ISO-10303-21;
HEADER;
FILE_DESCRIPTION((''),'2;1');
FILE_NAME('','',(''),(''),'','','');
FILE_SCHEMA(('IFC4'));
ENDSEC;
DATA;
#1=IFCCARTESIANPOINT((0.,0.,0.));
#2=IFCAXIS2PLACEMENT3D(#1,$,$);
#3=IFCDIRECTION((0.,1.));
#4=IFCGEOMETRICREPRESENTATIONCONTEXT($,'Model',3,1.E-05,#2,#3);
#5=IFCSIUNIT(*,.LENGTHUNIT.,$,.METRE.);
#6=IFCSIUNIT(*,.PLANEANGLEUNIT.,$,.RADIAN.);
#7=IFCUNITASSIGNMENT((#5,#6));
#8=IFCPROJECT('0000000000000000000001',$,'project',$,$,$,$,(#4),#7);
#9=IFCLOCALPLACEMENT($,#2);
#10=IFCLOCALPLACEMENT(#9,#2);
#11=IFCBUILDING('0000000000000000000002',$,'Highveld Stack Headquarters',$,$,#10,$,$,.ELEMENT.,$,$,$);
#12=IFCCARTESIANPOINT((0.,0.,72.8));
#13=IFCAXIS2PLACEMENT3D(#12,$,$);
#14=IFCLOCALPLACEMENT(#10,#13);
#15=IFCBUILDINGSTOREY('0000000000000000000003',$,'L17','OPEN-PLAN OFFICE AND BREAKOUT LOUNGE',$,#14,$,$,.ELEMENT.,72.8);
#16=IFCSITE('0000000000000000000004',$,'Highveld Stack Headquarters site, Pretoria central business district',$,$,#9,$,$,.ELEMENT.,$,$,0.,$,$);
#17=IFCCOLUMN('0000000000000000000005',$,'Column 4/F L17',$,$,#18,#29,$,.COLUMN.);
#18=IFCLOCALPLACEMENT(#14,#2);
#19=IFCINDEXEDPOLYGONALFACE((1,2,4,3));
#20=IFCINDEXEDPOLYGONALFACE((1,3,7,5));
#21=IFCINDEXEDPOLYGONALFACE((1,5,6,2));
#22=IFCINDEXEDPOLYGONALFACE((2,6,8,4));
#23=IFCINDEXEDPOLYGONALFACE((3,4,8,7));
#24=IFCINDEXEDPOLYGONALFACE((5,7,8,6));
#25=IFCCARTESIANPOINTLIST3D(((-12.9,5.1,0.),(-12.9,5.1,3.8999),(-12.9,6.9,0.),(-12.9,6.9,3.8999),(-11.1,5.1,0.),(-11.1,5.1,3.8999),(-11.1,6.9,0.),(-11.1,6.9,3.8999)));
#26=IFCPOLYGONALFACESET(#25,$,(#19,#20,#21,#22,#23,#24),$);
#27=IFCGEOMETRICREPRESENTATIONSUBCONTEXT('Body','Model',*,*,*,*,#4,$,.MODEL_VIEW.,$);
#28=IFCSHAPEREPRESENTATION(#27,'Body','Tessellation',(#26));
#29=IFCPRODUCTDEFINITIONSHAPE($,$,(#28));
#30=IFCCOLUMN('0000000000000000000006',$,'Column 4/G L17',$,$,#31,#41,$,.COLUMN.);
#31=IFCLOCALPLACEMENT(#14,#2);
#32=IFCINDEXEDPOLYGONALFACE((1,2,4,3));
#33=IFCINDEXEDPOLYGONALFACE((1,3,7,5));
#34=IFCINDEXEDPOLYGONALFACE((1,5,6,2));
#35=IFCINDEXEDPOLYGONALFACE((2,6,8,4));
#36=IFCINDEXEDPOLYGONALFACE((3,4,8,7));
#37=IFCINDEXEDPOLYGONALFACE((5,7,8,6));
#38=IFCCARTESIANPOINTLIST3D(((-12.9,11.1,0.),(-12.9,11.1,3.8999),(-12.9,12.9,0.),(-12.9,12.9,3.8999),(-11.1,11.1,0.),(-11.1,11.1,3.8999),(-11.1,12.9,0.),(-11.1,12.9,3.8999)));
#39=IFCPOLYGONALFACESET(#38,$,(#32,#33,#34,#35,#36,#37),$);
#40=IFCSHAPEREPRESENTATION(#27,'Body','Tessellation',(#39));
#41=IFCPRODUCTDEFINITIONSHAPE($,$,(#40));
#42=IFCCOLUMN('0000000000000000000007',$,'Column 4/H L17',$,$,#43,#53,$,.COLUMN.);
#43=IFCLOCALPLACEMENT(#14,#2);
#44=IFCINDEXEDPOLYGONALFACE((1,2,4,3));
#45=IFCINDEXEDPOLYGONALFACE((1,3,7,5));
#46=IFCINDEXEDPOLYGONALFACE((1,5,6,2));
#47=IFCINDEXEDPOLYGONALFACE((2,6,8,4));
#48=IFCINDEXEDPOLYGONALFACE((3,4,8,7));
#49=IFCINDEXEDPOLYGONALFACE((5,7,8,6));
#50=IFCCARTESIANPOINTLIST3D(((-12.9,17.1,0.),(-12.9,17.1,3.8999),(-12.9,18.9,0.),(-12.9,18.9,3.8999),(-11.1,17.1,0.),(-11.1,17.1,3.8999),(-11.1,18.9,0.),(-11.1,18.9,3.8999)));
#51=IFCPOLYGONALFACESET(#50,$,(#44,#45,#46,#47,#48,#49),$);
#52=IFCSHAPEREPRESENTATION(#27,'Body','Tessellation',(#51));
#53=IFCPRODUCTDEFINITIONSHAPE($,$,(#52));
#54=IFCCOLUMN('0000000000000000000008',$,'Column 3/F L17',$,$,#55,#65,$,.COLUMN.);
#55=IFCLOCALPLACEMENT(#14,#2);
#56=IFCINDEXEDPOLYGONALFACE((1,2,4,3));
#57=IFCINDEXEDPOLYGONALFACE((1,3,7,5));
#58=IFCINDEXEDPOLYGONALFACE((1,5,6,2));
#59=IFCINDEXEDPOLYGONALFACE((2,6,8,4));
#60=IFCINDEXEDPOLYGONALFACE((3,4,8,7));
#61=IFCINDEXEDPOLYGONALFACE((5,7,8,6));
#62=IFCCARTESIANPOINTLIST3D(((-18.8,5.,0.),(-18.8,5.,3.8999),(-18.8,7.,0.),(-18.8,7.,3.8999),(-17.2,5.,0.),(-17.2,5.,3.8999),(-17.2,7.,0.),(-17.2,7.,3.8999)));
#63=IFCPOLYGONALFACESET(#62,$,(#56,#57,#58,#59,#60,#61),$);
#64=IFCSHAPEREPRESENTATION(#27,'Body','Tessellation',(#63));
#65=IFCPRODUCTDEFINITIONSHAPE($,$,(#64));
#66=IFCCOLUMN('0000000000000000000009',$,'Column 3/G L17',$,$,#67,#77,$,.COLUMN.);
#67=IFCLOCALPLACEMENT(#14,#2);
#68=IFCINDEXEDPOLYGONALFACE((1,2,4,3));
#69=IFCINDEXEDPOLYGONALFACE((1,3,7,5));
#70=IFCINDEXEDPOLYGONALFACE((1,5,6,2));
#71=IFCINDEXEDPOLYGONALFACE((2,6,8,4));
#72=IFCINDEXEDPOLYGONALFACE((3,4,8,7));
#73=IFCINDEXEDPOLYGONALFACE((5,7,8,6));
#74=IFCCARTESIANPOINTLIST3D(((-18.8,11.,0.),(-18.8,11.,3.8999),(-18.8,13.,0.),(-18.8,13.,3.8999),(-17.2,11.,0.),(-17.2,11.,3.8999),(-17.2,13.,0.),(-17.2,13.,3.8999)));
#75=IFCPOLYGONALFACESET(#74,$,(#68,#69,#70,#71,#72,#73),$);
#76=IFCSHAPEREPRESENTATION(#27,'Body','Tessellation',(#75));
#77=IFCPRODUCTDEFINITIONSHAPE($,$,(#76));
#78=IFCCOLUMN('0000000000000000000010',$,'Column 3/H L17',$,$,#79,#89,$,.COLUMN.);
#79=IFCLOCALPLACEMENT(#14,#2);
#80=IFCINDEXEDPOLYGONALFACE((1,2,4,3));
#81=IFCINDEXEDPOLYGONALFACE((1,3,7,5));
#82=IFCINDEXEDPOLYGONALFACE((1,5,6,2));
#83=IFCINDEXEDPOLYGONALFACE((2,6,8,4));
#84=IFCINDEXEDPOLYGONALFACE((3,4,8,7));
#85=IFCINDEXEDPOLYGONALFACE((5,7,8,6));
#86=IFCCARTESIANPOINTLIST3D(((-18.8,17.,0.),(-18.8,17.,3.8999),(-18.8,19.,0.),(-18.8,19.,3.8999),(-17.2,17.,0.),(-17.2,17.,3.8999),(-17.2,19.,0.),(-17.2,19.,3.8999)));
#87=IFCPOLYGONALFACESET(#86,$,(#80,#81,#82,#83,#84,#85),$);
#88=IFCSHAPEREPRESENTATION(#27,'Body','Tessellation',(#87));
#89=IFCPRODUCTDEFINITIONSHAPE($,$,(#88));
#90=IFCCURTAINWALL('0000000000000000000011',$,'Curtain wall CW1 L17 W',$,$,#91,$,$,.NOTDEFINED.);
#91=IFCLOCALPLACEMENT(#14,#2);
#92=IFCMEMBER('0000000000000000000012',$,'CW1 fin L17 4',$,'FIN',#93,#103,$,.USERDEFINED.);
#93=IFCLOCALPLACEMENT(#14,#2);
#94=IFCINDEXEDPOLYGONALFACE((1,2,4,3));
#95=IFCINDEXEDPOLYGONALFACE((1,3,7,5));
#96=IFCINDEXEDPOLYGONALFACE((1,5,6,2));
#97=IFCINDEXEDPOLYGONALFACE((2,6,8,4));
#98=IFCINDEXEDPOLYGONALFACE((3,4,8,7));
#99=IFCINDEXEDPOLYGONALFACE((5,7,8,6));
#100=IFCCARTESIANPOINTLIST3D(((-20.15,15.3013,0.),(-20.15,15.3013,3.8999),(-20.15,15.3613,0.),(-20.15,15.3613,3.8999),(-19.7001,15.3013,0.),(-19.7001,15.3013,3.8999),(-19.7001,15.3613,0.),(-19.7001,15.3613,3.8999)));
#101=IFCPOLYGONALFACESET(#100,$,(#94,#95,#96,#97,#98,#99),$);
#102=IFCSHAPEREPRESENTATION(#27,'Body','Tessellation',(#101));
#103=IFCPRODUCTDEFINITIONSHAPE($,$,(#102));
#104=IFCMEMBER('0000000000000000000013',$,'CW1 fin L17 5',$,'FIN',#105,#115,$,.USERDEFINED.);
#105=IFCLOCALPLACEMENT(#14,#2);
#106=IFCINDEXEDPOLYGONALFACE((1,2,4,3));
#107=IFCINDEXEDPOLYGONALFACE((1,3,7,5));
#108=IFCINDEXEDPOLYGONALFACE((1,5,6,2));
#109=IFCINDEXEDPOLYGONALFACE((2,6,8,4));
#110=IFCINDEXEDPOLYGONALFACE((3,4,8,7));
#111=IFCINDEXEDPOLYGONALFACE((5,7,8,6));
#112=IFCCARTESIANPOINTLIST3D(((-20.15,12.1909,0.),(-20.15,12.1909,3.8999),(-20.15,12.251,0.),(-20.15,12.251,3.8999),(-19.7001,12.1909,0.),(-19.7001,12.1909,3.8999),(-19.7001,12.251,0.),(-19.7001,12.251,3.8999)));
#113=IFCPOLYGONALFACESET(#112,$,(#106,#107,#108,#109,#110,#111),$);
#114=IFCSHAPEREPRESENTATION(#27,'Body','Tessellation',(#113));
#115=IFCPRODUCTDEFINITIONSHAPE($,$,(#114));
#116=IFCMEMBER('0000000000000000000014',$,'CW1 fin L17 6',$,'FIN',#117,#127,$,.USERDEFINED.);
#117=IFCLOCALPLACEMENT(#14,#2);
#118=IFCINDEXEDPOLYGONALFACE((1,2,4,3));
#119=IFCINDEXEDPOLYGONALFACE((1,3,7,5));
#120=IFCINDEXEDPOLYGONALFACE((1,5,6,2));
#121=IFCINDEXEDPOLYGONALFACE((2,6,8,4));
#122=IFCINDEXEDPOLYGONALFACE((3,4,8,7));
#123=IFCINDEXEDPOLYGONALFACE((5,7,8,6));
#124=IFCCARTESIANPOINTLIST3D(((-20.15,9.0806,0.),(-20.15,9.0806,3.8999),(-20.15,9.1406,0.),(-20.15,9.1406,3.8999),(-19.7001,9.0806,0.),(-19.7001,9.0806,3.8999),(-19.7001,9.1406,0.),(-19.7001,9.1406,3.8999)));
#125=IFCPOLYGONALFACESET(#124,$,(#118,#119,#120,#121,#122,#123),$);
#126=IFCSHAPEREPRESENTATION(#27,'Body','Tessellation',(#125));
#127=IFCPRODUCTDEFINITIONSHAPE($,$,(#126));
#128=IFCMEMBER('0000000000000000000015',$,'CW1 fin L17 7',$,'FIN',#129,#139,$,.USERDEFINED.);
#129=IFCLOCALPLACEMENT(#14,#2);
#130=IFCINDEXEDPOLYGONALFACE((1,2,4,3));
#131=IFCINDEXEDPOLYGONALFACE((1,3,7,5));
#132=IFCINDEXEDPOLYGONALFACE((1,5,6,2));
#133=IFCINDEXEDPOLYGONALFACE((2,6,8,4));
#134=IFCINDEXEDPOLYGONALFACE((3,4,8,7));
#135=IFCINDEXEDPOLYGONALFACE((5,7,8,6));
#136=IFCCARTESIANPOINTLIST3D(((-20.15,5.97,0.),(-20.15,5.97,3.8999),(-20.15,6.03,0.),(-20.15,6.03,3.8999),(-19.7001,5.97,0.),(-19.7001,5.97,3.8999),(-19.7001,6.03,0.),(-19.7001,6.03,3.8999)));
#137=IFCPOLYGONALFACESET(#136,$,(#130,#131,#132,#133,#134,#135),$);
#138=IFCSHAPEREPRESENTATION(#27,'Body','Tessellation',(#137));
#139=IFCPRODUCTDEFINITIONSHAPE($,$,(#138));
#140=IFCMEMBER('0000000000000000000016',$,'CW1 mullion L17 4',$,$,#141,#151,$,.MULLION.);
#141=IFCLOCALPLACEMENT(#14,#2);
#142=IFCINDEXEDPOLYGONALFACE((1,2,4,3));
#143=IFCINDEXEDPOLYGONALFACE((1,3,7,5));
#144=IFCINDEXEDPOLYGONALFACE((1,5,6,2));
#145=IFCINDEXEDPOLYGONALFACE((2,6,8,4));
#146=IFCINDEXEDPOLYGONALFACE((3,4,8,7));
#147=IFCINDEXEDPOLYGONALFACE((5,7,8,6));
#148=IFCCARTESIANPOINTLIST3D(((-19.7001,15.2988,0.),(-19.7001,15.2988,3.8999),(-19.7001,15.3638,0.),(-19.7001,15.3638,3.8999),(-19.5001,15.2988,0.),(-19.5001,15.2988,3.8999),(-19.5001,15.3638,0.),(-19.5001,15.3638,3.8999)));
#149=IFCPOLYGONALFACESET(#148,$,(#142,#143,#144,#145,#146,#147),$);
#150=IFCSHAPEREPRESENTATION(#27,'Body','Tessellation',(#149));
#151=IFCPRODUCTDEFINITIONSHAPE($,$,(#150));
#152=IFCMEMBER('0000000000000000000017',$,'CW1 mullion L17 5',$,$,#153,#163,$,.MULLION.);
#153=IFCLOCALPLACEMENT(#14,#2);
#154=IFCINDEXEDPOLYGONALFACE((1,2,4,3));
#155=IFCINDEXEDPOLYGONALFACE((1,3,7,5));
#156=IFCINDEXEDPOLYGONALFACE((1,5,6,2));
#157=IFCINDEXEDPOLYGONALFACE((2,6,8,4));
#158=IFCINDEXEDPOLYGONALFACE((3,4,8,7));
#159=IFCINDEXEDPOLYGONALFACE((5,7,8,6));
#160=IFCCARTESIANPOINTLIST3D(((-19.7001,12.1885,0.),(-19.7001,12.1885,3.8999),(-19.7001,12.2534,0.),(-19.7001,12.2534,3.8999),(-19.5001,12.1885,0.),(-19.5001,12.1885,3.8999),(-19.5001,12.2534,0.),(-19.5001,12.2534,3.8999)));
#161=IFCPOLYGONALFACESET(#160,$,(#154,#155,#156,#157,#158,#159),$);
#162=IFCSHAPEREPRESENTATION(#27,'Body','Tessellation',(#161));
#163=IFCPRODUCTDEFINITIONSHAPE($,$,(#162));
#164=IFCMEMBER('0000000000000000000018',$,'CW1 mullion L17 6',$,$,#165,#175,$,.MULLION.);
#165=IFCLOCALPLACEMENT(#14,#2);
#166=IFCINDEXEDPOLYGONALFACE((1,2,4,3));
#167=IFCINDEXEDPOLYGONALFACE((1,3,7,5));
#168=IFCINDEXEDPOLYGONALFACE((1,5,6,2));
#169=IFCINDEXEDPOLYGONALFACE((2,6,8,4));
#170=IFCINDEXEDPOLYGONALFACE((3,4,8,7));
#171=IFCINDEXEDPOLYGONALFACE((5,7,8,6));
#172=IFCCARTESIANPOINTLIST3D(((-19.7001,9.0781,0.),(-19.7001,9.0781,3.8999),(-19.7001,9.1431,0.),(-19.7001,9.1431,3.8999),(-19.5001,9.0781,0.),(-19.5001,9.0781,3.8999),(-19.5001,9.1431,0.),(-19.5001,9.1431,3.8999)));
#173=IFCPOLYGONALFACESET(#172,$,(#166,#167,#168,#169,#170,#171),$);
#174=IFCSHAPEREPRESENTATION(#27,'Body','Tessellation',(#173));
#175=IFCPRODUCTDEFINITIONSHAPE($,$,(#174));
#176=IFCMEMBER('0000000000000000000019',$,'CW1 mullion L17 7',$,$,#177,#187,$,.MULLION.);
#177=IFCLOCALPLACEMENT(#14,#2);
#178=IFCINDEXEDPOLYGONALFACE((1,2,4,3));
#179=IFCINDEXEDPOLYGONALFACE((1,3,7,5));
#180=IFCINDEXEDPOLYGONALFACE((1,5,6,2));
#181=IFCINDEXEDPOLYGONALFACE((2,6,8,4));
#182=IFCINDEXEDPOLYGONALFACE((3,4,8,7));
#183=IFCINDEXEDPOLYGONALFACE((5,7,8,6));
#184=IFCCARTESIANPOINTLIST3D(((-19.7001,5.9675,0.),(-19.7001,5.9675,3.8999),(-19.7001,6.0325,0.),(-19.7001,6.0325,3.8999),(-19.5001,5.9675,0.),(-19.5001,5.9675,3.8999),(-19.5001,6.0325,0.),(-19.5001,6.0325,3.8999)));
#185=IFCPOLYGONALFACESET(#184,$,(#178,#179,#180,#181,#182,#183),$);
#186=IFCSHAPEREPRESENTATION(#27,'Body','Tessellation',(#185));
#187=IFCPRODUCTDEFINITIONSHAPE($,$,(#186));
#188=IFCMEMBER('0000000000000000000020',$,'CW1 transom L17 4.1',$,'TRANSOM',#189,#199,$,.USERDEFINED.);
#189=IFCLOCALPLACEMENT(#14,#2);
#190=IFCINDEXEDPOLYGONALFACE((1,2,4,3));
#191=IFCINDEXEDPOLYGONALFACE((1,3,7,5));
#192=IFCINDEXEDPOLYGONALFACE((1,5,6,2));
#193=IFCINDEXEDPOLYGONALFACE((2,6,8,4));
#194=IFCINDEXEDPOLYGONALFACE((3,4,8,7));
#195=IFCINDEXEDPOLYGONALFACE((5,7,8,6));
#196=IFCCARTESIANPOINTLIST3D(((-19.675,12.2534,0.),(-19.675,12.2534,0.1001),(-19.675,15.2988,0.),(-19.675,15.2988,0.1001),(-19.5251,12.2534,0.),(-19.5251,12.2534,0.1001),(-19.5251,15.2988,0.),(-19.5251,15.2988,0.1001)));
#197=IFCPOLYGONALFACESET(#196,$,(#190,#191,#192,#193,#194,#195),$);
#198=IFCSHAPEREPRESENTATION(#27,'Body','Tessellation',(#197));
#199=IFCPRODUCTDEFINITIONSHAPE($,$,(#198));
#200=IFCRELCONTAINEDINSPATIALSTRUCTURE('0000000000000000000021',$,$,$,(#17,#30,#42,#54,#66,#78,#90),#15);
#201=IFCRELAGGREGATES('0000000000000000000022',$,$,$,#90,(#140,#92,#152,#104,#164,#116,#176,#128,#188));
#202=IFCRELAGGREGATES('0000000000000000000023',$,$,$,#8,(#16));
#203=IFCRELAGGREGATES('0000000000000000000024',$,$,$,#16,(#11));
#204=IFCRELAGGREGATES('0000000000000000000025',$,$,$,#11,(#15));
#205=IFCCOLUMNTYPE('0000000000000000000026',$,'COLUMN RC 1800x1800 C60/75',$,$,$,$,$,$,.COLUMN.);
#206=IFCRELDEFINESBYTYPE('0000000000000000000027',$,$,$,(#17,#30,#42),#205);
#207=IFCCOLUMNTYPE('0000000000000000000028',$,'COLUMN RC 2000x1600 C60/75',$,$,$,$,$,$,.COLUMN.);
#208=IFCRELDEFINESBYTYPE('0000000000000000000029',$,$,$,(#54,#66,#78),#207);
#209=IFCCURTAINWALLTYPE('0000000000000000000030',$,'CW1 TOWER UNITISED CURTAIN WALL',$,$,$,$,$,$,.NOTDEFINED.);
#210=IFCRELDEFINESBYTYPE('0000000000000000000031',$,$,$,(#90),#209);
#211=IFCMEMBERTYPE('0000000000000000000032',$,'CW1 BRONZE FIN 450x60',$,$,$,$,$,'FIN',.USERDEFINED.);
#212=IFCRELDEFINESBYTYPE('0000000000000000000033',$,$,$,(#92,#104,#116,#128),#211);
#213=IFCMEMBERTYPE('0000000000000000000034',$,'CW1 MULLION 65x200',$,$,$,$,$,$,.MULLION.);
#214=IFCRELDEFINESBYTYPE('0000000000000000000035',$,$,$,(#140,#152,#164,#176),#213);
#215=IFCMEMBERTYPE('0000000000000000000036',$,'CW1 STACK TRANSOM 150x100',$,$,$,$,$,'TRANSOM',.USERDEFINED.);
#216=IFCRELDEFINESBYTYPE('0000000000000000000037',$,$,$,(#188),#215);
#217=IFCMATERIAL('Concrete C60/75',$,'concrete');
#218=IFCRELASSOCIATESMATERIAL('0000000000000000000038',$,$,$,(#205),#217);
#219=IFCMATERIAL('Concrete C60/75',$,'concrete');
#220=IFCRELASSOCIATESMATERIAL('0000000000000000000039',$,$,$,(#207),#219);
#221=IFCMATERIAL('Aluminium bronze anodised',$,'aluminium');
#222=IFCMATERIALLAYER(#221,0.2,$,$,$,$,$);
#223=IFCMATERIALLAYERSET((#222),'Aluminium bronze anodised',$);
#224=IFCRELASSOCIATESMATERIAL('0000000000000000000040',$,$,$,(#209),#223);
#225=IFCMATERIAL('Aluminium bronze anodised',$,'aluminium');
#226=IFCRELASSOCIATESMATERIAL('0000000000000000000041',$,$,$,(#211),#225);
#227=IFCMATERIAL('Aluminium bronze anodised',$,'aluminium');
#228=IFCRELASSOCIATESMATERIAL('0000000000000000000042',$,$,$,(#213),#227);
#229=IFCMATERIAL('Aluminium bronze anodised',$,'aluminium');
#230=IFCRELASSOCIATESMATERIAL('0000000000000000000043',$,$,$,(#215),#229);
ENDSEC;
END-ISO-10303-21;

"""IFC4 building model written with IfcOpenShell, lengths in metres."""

from ifc_helpers import new_model, si_unit, direction, frame, origin, origin_2d, place, context, subcontext, project, spatial, rectangle, extrude, material, layer, layer_set, material_profile, profile_set, type_object, element, aggregate, save


model = new_model("IFC4")

# Units and contexts
model_context = context("Model", 3, precision=1e-05, world=origin(), true_north=direction((0.0, 1.0)))
body_context = subcontext(model_context, "Body", "Model", "MODEL_VIEW")
ifc_project = project(units=[si_unit("LENGTHUNIT", "METRE"), si_unit("PLANEANGLEUNIT", "RADIAN")], contexts=[model_context])

# Site, building, storey
site_placement = place(None, origin())
site = spatial("IfcSite", under=ifc_project, at=site_placement, Name="Highveld Stack Headquarters site, Pretoria central business district", CompositionType="ELEMENT", RefElevation=0.0)
building_placement = place(site_placement, origin())
building = spatial("IfcBuilding", under=site, at=building_placement, Name="Highveld Stack Headquarters", CompositionType="ELEMENT")
storey_placement = place(building_placement, frame((0.0, 0.0, 72.8)))
storey = spatial("IfcBuildingStorey", under=building, at=storey_placement, Name="L17", Description="OPEN-PLAN OFFICE AND BREAKOUT LOUNGE", CompositionType="ELEMENT", Elevation=72.8)

# Columns
ifc_material_1 = material(Name="Concrete C60/75", Category="concrete")
ifc_material_profile_1 = material_profile(ifc_material_1, rectangle(XDim=1.8, YDim=1.8, at=origin_2d()), Name="RC 1800x1800")
ifc_profile_set_1 = profile_set([ifc_material_profile_1], Name="Concrete C60/75")
column_type_1 = type_object("IfcColumnType", Name="COLUMN RC 1800x1800 C60/75", PredefinedType="COLUMN", material=ifc_profile_set_1)
for number, where, z_axis, x_axis, name in (
    (1, (-12.0, 6.0, 0.0), (0.0, 0.0, 1.0), (1.0, 0.0, 0.0), "Column 4/F L17"),
    (2, (-12.0, 12.0, 0.0), (0.0, 0.0, 1.0), (1.0, 0.0, 0.0), "Column 4/G L17"),
    (3, (-12.0, 18.0, 0.0), (0.0, 0.0, 1.0), (1.0, 0.0, 0.0), "Column 4/H L17"),
):
    element("IfcColumn", number, at=place(storey_placement, frame(where, z_axis=z_axis, x_axis=x_axis)), inside=storey, type_object=column_type_1, Name=name, PredefinedType="COLUMN", context=body_context, shape_type="SweptSolid", body=[
        extrude(rectangle(XDim=1.8, YDim=1.8, at=origin_2d()), origin(), (0.0, 0.0, 1.0), 3.8999),
    ])
ifc_material_2 = material(Name="Concrete C60/75", Category="concrete")
ifc_material_profile_2 = material_profile(ifc_material_2, rectangle(XDim=2.0, YDim=1.6001, at=origin_2d()), Name="RC 2000x1600")
ifc_profile_set_2 = profile_set([ifc_material_profile_2], Name="Concrete C60/75")
column_type_2 = type_object("IfcColumnType", Name="COLUMN RC 2000x1600 C60/75", PredefinedType="COLUMN", material=ifc_profile_set_2)
for number, where, z_axis, x_axis, name in (
    (4, (-18.0, 6.0, 0.0), (0.0, 0.0, 1.0), (0.0, 1.0, 0.0), "Column 3/F L17"),
    (5, (-18.0, 12.0, 0.0), (0.0, 0.0, 1.0), (0.0, 1.0, 0.0), "Column 3/G L17"),
    (6, (-18.0, 18.0, 0.0), (0.0, 0.0, 1.0), (0.0, 1.0, 0.0), "Column 3/H L17"),
):
    element("IfcColumn", number, at=place(storey_placement, frame(where, z_axis=z_axis, x_axis=x_axis)), inside=storey, type_object=column_type_2, Name=name, PredefinedType="COLUMN", context=body_context, shape_type="SweptSolid", body=[
        extrude(rectangle(XDim=2.0, YDim=1.6001, at=origin_2d()), origin(), (0.0, 0.0, 1.0), 3.8999),
    ])

# Curtain wall, members
ifc_material_3 = material(Name="Aluminium bronze anodised", Category="aluminium")
ifc_layer_1 = layer(ifc_material_3, 0.2)
ifc_layer_set_1 = layer_set([ifc_layer_1], Name="Aluminium bronze anodised")
curtain_wall_type = type_object("IfcCurtainWallType", Name="CW1 TOWER UNITISED CURTAIN WALL", PredefinedType="NOTDEFINED", material=ifc_layer_set_1)
curtain_wall_placement = place(storey_placement, origin())
curtain_wall = element("IfcCurtainWall", 7, at=curtain_wall_placement, inside=storey, type_object=curtain_wall_type, Name="Curtain wall CW1 L17 W", PredefinedType="NOTDEFINED")
ifc_material_4 = material(Name="Aluminium bronze anodised", Category="aluminium")
ifc_material_profile_3 = material_profile(ifc_material_4, rectangle(XDim=0.45, YDim=0.0601, at=origin_2d()), Name="FIN 450x60")
ifc_profile_set_3 = profile_set([ifc_material_profile_3], Name="Aluminium bronze anodised")
member_type_1 = type_object("IfcMemberType", Name="CW1 BRONZE FIN 450x60", ElementType="FIN", PredefinedType="USERDEFINED", material=ifc_profile_set_3)
member_1_placement = place(storey_placement, frame((-19.925, 15.3313, 0.0), z_axis=(0.0, 0.0, 1.0), x_axis=(1.0, 0.0, 0.0)))
member_1 = element("IfcMember", 8, at=member_1_placement, type_object=member_type_1, Name="CW1 fin L17 4", ObjectType="FIN", PredefinedType="USERDEFINED", context=body_context, shape_type="SweptSolid", body=[
    extrude(rectangle(XDim=0.45, YDim=0.0601, at=origin_2d()), origin(), (0.0, 0.0, 1.0), 3.8999),
])
member_2_placement = place(storey_placement, frame((-19.925, 12.2209, 0.0), z_axis=(0.0, 0.0, 1.0), x_axis=(1.0, 0.0, 0.0)))
member_2 = element("IfcMember", 9, at=member_2_placement, type_object=member_type_1, Name="CW1 fin L17 5", ObjectType="FIN", PredefinedType="USERDEFINED", context=body_context, shape_type="SweptSolid", body=[
    extrude(rectangle(XDim=0.45, YDim=0.0601, at=origin_2d()), origin(), (0.0, 0.0, 1.0), 3.8999),
])
member_3_placement = place(storey_placement, frame((-19.925, 9.1106, 0.0), z_axis=(0.0, 0.0, 1.0), x_axis=(1.0, 0.0, 0.0)))
member_3 = element("IfcMember", 10, at=member_3_placement, type_object=member_type_1, Name="CW1 fin L17 6", ObjectType="FIN", PredefinedType="USERDEFINED", context=body_context, shape_type="SweptSolid", body=[
    extrude(rectangle(XDim=0.45, YDim=0.0601, at=origin_2d()), origin(), (0.0, 0.0, 1.0), 3.8999),
])
member_4_placement = place(storey_placement, frame((-19.925, 6.0, 0.0), z_axis=(0.0, 0.0, 1.0), x_axis=(1.0, 0.0, 0.0)))
member_4 = element("IfcMember", 11, at=member_4_placement, type_object=member_type_1, Name="CW1 fin L17 7", ObjectType="FIN", PredefinedType="USERDEFINED", context=body_context, shape_type="SweptSolid", body=[
    extrude(rectangle(XDim=0.45, YDim=0.0601, at=origin_2d()), origin(), (0.0, 0.0, 1.0), 3.8999),
])
ifc_material_5 = material(Name="Aluminium bronze anodised", Category="aluminium")
ifc_material_profile_4 = material_profile(ifc_material_5, rectangle(XDim=0.2, YDim=0.0649, at=origin_2d()), Name="CW1 MULLION 65x200")
ifc_profile_set_4 = profile_set([ifc_material_profile_4], Name="Aluminium bronze anodised")
member_type_2 = type_object("IfcMemberType", Name="CW1 MULLION 65x200", PredefinedType="MULLION", material=ifc_profile_set_4)
member_5_placement = place(storey_placement, frame((-19.6001, 15.3313, 0.0), z_axis=(0.0, 0.0, 1.0), x_axis=(1.0, 0.0, 0.0)))
member_5 = element("IfcMember", 12, at=member_5_placement, type_object=member_type_2, Name="CW1 mullion L17 4", PredefinedType="MULLION", context=body_context, shape_type="SweptSolid", body=[
    extrude(rectangle(XDim=0.2, YDim=0.0649, at=origin_2d()), origin(), (0.0, 0.0, 1.0), 3.8999),
])
member_6_placement = place(storey_placement, frame((-19.6001, 12.2209, 0.0), z_axis=(0.0, 0.0, 1.0), x_axis=(1.0, 0.0, 0.0)))
member_6 = element("IfcMember", 13, at=member_6_placement, type_object=member_type_2, Name="CW1 mullion L17 5", PredefinedType="MULLION", context=body_context, shape_type="SweptSolid", body=[
    extrude(rectangle(XDim=0.2, YDim=0.0649, at=origin_2d()), origin(), (0.0, 0.0, 1.0), 3.8999),
])
member_7_placement = place(storey_placement, frame((-19.6001, 9.1106, 0.0), z_axis=(0.0, 0.0, 1.0), x_axis=(1.0, 0.0, 0.0)))
member_7 = element("IfcMember", 14, at=member_7_placement, type_object=member_type_2, Name="CW1 mullion L17 6", PredefinedType="MULLION", context=body_context, shape_type="SweptSolid", body=[
    extrude(rectangle(XDim=0.2, YDim=0.0649, at=origin_2d()), origin(), (0.0, 0.0, 1.0), 3.8999),
])
member_8_placement = place(storey_placement, frame((-19.6001, 6.0, 0.0), z_axis=(0.0, 0.0, 1.0), x_axis=(1.0, 0.0, 0.0)))
member_8 = element("IfcMember", 15, at=member_8_placement, type_object=member_type_2, Name="CW1 mullion L17 7", PredefinedType="MULLION", context=body_context, shape_type="SweptSolid", body=[
    extrude(rectangle(XDim=0.2, YDim=0.0649, at=origin_2d()), origin(), (0.0, 0.0, 1.0), 3.8999),
])
ifc_material_6 = material(Name="Aluminium bronze anodised", Category="aluminium")
ifc_material_profile_5 = material_profile(ifc_material_6, rectangle(XDim=0.1499, YDim=0.1001, at=origin_2d()), Name="CW1 TRANSOM 150x100")
ifc_profile_set_5 = profile_set([ifc_material_profile_5], Name="Aluminium bronze anodised")
member_type_3 = type_object("IfcMemberType", Name="CW1 STACK TRANSOM 150x100", ElementType="TRANSOM", PredefinedType="USERDEFINED", material=ifc_profile_set_5)
member_9_placement = place(storey_placement, frame((-19.6001, 15.2988, 0.05), z_axis=(0.0, -1.0, 0.0), x_axis=(1.0, 0.0, 0.0)))
member_9 = element("IfcMember", 16, at=member_9_placement, type_object=member_type_3, Name="CW1 transom L17 4.1", ObjectType="TRANSOM", PredefinedType="USERDEFINED", context=body_context, shape_type="SweptSolid", body=[
    extrude(rectangle(XDim=0.1499, YDim=0.1001, at=origin_2d()), origin(), (0.0, 0.0, 1.0), 3.0454),
])
aggregate(curtain_wall, [member_5, member_1, member_6, member_2, member_7, member_3, member_8, member_4, member_9])

save(model, "model.ifc")
